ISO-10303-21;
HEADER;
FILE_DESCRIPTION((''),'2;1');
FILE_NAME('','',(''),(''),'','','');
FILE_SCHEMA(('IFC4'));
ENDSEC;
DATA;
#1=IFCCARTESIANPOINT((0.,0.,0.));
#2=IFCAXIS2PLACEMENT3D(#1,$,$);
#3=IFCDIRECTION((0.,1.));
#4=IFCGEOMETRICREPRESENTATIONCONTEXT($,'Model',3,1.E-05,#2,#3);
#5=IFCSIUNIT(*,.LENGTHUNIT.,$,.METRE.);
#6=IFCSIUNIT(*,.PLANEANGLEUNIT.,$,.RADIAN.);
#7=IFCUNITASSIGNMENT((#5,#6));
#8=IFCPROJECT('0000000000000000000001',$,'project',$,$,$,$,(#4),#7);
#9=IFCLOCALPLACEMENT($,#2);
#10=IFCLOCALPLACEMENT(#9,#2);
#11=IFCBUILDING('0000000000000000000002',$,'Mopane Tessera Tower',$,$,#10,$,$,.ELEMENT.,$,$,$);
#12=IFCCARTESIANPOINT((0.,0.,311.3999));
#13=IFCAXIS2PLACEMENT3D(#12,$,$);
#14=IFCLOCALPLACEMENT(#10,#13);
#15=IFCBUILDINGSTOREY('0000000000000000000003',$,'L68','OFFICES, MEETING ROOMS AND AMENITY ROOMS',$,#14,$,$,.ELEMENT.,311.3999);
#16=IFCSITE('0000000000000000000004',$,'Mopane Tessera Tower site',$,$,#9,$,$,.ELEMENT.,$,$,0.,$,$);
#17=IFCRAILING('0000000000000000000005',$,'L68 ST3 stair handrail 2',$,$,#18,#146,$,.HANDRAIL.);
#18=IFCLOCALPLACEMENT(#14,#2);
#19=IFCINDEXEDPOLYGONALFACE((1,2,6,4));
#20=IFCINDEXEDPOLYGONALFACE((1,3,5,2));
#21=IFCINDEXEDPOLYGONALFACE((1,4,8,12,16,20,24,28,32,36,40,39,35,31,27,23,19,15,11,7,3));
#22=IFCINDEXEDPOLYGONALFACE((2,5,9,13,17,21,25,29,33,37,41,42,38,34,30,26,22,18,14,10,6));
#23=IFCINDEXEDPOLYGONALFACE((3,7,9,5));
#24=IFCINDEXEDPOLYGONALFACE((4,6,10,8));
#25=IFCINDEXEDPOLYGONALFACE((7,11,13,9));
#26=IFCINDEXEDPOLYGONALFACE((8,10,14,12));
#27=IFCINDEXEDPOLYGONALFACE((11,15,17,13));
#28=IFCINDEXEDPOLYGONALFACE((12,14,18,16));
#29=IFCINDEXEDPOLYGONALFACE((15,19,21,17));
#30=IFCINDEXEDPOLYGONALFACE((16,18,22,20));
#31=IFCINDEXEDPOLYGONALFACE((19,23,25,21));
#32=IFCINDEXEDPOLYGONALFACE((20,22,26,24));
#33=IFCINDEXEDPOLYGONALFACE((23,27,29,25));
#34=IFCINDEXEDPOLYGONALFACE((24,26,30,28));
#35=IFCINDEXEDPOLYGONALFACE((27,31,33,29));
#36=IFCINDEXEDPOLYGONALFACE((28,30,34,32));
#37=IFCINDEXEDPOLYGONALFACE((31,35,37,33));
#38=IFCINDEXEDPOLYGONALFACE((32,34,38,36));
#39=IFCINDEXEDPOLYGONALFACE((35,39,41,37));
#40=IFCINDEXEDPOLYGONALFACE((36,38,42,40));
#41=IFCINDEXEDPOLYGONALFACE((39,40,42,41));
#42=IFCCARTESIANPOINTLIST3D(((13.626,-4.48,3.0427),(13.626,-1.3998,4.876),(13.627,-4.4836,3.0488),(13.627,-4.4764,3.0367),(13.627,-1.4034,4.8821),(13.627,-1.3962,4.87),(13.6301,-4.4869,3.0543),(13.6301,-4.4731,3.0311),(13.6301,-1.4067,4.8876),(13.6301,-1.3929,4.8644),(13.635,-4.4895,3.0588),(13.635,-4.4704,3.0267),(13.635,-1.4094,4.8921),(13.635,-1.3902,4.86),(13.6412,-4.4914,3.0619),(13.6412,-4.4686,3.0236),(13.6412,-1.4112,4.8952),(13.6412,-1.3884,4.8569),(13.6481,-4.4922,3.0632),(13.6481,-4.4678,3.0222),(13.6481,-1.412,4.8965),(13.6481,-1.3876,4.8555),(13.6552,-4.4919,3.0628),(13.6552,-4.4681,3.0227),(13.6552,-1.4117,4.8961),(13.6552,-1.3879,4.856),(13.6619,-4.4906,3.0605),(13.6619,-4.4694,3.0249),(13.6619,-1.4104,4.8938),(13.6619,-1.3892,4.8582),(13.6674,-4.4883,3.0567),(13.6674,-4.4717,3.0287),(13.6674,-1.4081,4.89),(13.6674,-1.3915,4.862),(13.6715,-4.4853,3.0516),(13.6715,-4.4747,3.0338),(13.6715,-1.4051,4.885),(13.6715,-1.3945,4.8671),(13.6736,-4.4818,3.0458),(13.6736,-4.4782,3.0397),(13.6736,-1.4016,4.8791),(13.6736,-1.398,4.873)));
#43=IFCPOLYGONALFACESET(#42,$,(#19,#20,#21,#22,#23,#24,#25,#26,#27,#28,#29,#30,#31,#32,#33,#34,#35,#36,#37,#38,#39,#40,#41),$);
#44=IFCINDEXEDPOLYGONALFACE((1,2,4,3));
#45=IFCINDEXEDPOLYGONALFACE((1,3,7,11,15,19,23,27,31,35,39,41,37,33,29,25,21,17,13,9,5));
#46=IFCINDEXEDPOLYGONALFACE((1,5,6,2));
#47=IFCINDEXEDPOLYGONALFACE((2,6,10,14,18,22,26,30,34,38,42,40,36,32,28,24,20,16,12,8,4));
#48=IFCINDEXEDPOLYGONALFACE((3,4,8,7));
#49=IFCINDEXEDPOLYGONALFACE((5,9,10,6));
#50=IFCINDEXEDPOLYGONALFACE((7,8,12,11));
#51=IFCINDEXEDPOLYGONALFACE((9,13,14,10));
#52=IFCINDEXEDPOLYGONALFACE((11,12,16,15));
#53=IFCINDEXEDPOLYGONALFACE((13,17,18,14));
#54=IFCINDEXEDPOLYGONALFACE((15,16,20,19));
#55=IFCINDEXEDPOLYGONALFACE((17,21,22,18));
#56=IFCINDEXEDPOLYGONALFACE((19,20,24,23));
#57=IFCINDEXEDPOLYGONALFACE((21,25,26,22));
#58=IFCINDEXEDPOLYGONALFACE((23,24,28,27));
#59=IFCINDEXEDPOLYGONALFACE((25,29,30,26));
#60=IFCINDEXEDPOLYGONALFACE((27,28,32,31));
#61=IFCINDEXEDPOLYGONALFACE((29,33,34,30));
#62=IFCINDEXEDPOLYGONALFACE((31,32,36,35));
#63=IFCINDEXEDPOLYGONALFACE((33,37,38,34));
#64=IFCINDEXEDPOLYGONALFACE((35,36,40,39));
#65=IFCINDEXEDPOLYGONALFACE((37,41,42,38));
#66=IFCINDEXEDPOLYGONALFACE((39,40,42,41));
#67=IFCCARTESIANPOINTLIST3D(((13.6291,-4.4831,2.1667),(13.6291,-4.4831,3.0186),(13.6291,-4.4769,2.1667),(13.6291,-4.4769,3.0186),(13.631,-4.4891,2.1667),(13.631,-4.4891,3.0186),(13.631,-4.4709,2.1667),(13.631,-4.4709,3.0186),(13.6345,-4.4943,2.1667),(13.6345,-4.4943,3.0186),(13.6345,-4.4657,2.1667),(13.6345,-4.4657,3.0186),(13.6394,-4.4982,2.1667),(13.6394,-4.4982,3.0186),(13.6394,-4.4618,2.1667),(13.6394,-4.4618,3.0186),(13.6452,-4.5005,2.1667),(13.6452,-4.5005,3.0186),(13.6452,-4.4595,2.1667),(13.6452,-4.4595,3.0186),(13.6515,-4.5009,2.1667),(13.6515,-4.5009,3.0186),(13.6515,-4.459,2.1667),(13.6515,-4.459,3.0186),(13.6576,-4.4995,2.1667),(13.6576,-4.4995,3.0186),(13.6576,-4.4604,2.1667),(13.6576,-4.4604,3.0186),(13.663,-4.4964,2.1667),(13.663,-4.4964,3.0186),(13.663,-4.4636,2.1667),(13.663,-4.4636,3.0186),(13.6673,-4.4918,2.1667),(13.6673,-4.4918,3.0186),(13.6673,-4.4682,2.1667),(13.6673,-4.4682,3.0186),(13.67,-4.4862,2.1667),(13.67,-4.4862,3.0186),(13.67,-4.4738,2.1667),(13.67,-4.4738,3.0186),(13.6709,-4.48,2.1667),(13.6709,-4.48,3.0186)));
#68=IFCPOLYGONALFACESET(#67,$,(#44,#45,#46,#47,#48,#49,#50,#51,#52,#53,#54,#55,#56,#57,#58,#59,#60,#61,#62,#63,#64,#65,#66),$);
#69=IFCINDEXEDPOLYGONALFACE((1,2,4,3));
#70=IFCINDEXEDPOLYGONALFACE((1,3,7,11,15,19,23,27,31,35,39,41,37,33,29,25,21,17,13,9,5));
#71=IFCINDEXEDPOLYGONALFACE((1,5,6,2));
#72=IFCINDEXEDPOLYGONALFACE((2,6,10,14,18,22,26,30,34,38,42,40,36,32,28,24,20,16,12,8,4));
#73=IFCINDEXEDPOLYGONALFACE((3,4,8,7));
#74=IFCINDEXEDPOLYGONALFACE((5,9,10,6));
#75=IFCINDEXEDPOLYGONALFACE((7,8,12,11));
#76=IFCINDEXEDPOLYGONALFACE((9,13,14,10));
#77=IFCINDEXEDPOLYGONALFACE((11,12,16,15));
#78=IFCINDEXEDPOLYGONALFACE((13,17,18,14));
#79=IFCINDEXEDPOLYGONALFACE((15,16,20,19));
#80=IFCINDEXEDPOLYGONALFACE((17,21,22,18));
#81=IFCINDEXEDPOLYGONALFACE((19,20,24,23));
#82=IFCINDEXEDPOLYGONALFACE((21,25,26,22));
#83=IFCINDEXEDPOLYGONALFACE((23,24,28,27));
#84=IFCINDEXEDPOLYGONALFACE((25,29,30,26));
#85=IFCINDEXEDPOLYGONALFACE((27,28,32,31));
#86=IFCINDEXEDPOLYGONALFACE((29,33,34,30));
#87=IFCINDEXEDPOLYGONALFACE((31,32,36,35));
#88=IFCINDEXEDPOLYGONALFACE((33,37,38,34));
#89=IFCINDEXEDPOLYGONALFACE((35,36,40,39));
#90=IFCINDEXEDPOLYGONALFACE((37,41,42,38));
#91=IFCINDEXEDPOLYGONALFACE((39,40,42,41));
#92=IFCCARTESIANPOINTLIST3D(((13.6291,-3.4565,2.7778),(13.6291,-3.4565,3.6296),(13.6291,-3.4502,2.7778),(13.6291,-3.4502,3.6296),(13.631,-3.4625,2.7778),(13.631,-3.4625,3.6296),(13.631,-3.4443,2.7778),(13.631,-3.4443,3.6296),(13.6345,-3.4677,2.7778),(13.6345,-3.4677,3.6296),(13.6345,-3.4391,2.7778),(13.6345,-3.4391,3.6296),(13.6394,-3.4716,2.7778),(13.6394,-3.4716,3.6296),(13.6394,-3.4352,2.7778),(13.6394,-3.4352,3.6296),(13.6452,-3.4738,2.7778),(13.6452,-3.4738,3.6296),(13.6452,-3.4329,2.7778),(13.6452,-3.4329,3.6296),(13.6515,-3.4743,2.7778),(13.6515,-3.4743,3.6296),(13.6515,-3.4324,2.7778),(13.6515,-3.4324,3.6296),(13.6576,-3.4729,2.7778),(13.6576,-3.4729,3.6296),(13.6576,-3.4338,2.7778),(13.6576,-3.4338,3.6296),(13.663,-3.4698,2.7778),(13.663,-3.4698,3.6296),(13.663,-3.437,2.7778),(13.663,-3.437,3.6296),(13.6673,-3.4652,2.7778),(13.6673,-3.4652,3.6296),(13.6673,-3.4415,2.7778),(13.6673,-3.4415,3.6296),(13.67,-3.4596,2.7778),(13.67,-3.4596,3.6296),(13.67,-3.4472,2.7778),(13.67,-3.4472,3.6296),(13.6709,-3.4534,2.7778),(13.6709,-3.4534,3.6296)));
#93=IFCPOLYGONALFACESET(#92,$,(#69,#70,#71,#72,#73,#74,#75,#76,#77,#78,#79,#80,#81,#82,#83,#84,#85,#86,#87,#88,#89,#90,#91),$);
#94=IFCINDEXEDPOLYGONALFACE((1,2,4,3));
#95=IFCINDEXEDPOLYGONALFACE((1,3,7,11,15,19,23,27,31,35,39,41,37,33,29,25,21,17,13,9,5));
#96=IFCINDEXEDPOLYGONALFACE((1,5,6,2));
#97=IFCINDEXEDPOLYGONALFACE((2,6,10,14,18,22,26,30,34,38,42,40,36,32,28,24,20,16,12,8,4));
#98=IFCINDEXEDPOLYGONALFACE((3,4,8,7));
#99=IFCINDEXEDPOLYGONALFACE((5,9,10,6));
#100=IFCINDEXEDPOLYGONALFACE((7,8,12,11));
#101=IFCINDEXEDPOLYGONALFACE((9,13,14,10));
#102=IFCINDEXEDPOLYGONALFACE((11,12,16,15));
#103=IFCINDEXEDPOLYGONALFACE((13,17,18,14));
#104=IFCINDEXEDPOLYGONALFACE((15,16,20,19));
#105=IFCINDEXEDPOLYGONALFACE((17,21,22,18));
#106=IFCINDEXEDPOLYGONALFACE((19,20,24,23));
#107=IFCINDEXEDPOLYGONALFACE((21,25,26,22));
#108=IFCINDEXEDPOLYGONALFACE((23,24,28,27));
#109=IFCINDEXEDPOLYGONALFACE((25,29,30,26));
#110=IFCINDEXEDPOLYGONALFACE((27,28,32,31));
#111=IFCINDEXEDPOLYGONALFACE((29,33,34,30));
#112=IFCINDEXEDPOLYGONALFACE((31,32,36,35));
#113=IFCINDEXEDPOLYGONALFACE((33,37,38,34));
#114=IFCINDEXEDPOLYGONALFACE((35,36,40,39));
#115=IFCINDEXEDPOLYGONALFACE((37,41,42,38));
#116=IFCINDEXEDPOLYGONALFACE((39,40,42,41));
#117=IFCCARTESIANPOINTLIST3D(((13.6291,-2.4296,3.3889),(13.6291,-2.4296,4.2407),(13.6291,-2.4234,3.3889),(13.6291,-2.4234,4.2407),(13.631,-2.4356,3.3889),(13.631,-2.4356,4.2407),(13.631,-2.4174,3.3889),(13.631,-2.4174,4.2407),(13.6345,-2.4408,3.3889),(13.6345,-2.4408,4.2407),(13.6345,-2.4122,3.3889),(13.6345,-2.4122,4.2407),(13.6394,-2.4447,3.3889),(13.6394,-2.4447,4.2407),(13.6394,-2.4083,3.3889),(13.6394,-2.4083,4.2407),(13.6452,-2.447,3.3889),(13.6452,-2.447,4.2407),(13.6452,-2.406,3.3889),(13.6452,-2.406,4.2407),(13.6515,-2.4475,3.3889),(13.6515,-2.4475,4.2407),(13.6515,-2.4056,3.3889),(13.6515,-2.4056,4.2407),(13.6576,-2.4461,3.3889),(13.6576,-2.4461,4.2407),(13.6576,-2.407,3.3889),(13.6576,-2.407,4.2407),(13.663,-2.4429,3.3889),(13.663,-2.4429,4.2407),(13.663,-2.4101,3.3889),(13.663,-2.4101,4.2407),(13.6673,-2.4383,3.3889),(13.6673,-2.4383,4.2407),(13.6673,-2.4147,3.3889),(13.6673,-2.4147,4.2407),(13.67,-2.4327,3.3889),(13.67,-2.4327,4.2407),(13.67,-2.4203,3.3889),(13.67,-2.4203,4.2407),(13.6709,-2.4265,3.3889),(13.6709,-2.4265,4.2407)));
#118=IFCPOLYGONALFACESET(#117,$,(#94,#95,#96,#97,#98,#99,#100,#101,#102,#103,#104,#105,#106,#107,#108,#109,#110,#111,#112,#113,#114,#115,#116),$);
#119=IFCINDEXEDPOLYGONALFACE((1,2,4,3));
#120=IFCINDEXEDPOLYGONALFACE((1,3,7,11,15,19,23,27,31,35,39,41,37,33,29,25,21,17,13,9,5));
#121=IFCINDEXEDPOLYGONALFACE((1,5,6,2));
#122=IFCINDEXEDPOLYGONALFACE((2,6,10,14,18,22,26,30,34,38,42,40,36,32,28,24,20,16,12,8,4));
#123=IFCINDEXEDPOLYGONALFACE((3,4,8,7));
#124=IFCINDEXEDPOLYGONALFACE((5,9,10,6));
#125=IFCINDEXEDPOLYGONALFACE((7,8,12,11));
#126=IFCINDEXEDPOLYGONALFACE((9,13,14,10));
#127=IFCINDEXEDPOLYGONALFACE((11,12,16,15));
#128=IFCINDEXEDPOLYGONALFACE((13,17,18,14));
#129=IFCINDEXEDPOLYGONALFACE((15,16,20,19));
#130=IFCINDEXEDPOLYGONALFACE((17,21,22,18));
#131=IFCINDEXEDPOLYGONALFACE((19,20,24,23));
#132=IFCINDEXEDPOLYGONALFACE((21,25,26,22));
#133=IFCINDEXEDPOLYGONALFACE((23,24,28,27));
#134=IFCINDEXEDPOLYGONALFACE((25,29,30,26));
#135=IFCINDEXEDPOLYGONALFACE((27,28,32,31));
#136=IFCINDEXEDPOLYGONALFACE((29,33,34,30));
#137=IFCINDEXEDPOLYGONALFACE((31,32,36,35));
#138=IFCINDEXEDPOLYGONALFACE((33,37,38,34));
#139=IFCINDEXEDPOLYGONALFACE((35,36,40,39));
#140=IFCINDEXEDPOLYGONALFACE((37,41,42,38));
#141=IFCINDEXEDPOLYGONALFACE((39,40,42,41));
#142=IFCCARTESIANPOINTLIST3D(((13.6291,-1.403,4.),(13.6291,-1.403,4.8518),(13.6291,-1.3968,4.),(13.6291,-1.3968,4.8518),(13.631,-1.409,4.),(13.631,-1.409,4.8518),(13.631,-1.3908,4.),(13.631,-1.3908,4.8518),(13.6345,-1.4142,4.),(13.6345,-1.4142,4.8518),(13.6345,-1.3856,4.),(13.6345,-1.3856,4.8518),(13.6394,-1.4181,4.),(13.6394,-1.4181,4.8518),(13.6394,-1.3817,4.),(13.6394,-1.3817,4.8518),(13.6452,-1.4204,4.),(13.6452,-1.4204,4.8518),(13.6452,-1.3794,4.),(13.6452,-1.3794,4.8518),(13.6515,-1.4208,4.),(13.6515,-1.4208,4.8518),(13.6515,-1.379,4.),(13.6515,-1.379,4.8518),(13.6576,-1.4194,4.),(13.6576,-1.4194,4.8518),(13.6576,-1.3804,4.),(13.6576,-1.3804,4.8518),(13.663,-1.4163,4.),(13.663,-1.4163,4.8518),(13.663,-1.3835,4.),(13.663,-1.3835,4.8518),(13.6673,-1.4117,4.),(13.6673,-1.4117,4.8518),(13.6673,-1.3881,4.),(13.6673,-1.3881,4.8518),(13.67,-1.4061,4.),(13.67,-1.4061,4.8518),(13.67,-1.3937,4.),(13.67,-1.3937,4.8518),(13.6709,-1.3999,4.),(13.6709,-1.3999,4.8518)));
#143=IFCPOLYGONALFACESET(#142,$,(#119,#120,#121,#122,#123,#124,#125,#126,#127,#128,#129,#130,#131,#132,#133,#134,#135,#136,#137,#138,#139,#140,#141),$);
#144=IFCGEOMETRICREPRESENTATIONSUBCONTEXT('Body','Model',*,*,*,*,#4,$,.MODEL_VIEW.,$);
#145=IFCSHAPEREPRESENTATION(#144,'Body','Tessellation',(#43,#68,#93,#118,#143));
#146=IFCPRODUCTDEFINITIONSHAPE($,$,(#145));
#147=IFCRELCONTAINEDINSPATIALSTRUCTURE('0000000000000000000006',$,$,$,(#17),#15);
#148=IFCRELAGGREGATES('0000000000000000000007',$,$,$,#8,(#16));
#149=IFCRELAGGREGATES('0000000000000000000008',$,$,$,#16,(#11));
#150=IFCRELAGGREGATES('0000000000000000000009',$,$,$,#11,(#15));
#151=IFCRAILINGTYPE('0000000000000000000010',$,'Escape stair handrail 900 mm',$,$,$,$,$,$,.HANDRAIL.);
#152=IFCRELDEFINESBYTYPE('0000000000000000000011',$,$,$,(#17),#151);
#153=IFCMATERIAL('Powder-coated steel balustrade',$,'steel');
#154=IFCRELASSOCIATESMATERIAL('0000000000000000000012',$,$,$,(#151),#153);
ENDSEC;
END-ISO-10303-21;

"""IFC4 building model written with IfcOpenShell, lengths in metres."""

from ifc_helpers import new_model, si_unit, direction, frame, origin, origin_2d, place, context, subcontext, project, spatial, circle, extrude, material, type_object, element, save


model = new_model("IFC4")

# Units and contexts
model_context = context("Model", 3, precision=1e-05, world=origin(), true_north=direction((0.0, 1.0)))
body_context = subcontext(model_context, "Body", "Model", "MODEL_VIEW")
ifc_project = project(units=[si_unit("LENGTHUNIT", "METRE"), si_unit("PLANEANGLEUNIT", "RADIAN")], contexts=[model_context])

# Site, building, storey
site_placement = place(None, origin())
site = spatial("IfcSite", under=ifc_project, at=site_placement, Name="Mopane Tessera Tower site", CompositionType="ELEMENT", RefElevation=0.0)
building_placement = place(site_placement, origin())
building = spatial("IfcBuilding", under=site, at=building_placement, Name="Mopane Tessera Tower", CompositionType="ELEMENT")
storey_placement = place(building_placement, frame((0.0, 0.0, 311.3999)))
storey = spatial("IfcBuildingStorey", under=building, at=storey_placement, Name="L68", Description="OFFICES, MEETING ROOMS AND AMENITY ROOMS", CompositionType="ELEMENT", Elevation=311.3999)

# Railing
ifc_material_1 = material(Name="Powder-coated steel balustrade", Category="steel")
railing_type_1 = type_object("IfcRailingType", Name="Escape stair handrail 900 mm", PredefinedType="HANDRAIL", material=ifc_material_1)
railing_1_placement = place(storey_placement, frame((13.6499, -4.48, 2.1667)))
element("IfcRailing", 1, at=railing_1_placement, inside=storey, type_object=railing_type_1, Name="L68 ST3 stair handrail 2", PredefinedType="HANDRAIL", context=body_context, shape_type="SweptSolid", body=[
    extrude(circle(Radius=0.0239, at=origin_2d()), frame((0.0, 0.0, 0.876), z_axis=(0.0, 0.859309, 0.511458), x_axis=(-1.0, 0.0, 0.0)), (0.0, 0.0, 1.0), 3.5845),
    extrude(circle(Radius=0.021, at=origin_2d()), origin(), (0.0, 0.0, 1.0), 0.8518),
    extrude(circle(Radius=0.021, at=origin_2d()), frame((0.0, 1.0266, 0.6111)), (0.0, 0.0, 1.0), 0.8518),
    extrude(circle(Radius=0.021, at=origin_2d()), frame((0.0, 2.0535, 1.2222)), (0.0, 0.0, 1.0), 0.8518),
    extrude(circle(Radius=0.021, at=origin_2d()), frame((0.0, 3.0801, 1.8333)), (0.0, 0.0, 1.0), 0.8518),
])

save(model, "model.ifc")
